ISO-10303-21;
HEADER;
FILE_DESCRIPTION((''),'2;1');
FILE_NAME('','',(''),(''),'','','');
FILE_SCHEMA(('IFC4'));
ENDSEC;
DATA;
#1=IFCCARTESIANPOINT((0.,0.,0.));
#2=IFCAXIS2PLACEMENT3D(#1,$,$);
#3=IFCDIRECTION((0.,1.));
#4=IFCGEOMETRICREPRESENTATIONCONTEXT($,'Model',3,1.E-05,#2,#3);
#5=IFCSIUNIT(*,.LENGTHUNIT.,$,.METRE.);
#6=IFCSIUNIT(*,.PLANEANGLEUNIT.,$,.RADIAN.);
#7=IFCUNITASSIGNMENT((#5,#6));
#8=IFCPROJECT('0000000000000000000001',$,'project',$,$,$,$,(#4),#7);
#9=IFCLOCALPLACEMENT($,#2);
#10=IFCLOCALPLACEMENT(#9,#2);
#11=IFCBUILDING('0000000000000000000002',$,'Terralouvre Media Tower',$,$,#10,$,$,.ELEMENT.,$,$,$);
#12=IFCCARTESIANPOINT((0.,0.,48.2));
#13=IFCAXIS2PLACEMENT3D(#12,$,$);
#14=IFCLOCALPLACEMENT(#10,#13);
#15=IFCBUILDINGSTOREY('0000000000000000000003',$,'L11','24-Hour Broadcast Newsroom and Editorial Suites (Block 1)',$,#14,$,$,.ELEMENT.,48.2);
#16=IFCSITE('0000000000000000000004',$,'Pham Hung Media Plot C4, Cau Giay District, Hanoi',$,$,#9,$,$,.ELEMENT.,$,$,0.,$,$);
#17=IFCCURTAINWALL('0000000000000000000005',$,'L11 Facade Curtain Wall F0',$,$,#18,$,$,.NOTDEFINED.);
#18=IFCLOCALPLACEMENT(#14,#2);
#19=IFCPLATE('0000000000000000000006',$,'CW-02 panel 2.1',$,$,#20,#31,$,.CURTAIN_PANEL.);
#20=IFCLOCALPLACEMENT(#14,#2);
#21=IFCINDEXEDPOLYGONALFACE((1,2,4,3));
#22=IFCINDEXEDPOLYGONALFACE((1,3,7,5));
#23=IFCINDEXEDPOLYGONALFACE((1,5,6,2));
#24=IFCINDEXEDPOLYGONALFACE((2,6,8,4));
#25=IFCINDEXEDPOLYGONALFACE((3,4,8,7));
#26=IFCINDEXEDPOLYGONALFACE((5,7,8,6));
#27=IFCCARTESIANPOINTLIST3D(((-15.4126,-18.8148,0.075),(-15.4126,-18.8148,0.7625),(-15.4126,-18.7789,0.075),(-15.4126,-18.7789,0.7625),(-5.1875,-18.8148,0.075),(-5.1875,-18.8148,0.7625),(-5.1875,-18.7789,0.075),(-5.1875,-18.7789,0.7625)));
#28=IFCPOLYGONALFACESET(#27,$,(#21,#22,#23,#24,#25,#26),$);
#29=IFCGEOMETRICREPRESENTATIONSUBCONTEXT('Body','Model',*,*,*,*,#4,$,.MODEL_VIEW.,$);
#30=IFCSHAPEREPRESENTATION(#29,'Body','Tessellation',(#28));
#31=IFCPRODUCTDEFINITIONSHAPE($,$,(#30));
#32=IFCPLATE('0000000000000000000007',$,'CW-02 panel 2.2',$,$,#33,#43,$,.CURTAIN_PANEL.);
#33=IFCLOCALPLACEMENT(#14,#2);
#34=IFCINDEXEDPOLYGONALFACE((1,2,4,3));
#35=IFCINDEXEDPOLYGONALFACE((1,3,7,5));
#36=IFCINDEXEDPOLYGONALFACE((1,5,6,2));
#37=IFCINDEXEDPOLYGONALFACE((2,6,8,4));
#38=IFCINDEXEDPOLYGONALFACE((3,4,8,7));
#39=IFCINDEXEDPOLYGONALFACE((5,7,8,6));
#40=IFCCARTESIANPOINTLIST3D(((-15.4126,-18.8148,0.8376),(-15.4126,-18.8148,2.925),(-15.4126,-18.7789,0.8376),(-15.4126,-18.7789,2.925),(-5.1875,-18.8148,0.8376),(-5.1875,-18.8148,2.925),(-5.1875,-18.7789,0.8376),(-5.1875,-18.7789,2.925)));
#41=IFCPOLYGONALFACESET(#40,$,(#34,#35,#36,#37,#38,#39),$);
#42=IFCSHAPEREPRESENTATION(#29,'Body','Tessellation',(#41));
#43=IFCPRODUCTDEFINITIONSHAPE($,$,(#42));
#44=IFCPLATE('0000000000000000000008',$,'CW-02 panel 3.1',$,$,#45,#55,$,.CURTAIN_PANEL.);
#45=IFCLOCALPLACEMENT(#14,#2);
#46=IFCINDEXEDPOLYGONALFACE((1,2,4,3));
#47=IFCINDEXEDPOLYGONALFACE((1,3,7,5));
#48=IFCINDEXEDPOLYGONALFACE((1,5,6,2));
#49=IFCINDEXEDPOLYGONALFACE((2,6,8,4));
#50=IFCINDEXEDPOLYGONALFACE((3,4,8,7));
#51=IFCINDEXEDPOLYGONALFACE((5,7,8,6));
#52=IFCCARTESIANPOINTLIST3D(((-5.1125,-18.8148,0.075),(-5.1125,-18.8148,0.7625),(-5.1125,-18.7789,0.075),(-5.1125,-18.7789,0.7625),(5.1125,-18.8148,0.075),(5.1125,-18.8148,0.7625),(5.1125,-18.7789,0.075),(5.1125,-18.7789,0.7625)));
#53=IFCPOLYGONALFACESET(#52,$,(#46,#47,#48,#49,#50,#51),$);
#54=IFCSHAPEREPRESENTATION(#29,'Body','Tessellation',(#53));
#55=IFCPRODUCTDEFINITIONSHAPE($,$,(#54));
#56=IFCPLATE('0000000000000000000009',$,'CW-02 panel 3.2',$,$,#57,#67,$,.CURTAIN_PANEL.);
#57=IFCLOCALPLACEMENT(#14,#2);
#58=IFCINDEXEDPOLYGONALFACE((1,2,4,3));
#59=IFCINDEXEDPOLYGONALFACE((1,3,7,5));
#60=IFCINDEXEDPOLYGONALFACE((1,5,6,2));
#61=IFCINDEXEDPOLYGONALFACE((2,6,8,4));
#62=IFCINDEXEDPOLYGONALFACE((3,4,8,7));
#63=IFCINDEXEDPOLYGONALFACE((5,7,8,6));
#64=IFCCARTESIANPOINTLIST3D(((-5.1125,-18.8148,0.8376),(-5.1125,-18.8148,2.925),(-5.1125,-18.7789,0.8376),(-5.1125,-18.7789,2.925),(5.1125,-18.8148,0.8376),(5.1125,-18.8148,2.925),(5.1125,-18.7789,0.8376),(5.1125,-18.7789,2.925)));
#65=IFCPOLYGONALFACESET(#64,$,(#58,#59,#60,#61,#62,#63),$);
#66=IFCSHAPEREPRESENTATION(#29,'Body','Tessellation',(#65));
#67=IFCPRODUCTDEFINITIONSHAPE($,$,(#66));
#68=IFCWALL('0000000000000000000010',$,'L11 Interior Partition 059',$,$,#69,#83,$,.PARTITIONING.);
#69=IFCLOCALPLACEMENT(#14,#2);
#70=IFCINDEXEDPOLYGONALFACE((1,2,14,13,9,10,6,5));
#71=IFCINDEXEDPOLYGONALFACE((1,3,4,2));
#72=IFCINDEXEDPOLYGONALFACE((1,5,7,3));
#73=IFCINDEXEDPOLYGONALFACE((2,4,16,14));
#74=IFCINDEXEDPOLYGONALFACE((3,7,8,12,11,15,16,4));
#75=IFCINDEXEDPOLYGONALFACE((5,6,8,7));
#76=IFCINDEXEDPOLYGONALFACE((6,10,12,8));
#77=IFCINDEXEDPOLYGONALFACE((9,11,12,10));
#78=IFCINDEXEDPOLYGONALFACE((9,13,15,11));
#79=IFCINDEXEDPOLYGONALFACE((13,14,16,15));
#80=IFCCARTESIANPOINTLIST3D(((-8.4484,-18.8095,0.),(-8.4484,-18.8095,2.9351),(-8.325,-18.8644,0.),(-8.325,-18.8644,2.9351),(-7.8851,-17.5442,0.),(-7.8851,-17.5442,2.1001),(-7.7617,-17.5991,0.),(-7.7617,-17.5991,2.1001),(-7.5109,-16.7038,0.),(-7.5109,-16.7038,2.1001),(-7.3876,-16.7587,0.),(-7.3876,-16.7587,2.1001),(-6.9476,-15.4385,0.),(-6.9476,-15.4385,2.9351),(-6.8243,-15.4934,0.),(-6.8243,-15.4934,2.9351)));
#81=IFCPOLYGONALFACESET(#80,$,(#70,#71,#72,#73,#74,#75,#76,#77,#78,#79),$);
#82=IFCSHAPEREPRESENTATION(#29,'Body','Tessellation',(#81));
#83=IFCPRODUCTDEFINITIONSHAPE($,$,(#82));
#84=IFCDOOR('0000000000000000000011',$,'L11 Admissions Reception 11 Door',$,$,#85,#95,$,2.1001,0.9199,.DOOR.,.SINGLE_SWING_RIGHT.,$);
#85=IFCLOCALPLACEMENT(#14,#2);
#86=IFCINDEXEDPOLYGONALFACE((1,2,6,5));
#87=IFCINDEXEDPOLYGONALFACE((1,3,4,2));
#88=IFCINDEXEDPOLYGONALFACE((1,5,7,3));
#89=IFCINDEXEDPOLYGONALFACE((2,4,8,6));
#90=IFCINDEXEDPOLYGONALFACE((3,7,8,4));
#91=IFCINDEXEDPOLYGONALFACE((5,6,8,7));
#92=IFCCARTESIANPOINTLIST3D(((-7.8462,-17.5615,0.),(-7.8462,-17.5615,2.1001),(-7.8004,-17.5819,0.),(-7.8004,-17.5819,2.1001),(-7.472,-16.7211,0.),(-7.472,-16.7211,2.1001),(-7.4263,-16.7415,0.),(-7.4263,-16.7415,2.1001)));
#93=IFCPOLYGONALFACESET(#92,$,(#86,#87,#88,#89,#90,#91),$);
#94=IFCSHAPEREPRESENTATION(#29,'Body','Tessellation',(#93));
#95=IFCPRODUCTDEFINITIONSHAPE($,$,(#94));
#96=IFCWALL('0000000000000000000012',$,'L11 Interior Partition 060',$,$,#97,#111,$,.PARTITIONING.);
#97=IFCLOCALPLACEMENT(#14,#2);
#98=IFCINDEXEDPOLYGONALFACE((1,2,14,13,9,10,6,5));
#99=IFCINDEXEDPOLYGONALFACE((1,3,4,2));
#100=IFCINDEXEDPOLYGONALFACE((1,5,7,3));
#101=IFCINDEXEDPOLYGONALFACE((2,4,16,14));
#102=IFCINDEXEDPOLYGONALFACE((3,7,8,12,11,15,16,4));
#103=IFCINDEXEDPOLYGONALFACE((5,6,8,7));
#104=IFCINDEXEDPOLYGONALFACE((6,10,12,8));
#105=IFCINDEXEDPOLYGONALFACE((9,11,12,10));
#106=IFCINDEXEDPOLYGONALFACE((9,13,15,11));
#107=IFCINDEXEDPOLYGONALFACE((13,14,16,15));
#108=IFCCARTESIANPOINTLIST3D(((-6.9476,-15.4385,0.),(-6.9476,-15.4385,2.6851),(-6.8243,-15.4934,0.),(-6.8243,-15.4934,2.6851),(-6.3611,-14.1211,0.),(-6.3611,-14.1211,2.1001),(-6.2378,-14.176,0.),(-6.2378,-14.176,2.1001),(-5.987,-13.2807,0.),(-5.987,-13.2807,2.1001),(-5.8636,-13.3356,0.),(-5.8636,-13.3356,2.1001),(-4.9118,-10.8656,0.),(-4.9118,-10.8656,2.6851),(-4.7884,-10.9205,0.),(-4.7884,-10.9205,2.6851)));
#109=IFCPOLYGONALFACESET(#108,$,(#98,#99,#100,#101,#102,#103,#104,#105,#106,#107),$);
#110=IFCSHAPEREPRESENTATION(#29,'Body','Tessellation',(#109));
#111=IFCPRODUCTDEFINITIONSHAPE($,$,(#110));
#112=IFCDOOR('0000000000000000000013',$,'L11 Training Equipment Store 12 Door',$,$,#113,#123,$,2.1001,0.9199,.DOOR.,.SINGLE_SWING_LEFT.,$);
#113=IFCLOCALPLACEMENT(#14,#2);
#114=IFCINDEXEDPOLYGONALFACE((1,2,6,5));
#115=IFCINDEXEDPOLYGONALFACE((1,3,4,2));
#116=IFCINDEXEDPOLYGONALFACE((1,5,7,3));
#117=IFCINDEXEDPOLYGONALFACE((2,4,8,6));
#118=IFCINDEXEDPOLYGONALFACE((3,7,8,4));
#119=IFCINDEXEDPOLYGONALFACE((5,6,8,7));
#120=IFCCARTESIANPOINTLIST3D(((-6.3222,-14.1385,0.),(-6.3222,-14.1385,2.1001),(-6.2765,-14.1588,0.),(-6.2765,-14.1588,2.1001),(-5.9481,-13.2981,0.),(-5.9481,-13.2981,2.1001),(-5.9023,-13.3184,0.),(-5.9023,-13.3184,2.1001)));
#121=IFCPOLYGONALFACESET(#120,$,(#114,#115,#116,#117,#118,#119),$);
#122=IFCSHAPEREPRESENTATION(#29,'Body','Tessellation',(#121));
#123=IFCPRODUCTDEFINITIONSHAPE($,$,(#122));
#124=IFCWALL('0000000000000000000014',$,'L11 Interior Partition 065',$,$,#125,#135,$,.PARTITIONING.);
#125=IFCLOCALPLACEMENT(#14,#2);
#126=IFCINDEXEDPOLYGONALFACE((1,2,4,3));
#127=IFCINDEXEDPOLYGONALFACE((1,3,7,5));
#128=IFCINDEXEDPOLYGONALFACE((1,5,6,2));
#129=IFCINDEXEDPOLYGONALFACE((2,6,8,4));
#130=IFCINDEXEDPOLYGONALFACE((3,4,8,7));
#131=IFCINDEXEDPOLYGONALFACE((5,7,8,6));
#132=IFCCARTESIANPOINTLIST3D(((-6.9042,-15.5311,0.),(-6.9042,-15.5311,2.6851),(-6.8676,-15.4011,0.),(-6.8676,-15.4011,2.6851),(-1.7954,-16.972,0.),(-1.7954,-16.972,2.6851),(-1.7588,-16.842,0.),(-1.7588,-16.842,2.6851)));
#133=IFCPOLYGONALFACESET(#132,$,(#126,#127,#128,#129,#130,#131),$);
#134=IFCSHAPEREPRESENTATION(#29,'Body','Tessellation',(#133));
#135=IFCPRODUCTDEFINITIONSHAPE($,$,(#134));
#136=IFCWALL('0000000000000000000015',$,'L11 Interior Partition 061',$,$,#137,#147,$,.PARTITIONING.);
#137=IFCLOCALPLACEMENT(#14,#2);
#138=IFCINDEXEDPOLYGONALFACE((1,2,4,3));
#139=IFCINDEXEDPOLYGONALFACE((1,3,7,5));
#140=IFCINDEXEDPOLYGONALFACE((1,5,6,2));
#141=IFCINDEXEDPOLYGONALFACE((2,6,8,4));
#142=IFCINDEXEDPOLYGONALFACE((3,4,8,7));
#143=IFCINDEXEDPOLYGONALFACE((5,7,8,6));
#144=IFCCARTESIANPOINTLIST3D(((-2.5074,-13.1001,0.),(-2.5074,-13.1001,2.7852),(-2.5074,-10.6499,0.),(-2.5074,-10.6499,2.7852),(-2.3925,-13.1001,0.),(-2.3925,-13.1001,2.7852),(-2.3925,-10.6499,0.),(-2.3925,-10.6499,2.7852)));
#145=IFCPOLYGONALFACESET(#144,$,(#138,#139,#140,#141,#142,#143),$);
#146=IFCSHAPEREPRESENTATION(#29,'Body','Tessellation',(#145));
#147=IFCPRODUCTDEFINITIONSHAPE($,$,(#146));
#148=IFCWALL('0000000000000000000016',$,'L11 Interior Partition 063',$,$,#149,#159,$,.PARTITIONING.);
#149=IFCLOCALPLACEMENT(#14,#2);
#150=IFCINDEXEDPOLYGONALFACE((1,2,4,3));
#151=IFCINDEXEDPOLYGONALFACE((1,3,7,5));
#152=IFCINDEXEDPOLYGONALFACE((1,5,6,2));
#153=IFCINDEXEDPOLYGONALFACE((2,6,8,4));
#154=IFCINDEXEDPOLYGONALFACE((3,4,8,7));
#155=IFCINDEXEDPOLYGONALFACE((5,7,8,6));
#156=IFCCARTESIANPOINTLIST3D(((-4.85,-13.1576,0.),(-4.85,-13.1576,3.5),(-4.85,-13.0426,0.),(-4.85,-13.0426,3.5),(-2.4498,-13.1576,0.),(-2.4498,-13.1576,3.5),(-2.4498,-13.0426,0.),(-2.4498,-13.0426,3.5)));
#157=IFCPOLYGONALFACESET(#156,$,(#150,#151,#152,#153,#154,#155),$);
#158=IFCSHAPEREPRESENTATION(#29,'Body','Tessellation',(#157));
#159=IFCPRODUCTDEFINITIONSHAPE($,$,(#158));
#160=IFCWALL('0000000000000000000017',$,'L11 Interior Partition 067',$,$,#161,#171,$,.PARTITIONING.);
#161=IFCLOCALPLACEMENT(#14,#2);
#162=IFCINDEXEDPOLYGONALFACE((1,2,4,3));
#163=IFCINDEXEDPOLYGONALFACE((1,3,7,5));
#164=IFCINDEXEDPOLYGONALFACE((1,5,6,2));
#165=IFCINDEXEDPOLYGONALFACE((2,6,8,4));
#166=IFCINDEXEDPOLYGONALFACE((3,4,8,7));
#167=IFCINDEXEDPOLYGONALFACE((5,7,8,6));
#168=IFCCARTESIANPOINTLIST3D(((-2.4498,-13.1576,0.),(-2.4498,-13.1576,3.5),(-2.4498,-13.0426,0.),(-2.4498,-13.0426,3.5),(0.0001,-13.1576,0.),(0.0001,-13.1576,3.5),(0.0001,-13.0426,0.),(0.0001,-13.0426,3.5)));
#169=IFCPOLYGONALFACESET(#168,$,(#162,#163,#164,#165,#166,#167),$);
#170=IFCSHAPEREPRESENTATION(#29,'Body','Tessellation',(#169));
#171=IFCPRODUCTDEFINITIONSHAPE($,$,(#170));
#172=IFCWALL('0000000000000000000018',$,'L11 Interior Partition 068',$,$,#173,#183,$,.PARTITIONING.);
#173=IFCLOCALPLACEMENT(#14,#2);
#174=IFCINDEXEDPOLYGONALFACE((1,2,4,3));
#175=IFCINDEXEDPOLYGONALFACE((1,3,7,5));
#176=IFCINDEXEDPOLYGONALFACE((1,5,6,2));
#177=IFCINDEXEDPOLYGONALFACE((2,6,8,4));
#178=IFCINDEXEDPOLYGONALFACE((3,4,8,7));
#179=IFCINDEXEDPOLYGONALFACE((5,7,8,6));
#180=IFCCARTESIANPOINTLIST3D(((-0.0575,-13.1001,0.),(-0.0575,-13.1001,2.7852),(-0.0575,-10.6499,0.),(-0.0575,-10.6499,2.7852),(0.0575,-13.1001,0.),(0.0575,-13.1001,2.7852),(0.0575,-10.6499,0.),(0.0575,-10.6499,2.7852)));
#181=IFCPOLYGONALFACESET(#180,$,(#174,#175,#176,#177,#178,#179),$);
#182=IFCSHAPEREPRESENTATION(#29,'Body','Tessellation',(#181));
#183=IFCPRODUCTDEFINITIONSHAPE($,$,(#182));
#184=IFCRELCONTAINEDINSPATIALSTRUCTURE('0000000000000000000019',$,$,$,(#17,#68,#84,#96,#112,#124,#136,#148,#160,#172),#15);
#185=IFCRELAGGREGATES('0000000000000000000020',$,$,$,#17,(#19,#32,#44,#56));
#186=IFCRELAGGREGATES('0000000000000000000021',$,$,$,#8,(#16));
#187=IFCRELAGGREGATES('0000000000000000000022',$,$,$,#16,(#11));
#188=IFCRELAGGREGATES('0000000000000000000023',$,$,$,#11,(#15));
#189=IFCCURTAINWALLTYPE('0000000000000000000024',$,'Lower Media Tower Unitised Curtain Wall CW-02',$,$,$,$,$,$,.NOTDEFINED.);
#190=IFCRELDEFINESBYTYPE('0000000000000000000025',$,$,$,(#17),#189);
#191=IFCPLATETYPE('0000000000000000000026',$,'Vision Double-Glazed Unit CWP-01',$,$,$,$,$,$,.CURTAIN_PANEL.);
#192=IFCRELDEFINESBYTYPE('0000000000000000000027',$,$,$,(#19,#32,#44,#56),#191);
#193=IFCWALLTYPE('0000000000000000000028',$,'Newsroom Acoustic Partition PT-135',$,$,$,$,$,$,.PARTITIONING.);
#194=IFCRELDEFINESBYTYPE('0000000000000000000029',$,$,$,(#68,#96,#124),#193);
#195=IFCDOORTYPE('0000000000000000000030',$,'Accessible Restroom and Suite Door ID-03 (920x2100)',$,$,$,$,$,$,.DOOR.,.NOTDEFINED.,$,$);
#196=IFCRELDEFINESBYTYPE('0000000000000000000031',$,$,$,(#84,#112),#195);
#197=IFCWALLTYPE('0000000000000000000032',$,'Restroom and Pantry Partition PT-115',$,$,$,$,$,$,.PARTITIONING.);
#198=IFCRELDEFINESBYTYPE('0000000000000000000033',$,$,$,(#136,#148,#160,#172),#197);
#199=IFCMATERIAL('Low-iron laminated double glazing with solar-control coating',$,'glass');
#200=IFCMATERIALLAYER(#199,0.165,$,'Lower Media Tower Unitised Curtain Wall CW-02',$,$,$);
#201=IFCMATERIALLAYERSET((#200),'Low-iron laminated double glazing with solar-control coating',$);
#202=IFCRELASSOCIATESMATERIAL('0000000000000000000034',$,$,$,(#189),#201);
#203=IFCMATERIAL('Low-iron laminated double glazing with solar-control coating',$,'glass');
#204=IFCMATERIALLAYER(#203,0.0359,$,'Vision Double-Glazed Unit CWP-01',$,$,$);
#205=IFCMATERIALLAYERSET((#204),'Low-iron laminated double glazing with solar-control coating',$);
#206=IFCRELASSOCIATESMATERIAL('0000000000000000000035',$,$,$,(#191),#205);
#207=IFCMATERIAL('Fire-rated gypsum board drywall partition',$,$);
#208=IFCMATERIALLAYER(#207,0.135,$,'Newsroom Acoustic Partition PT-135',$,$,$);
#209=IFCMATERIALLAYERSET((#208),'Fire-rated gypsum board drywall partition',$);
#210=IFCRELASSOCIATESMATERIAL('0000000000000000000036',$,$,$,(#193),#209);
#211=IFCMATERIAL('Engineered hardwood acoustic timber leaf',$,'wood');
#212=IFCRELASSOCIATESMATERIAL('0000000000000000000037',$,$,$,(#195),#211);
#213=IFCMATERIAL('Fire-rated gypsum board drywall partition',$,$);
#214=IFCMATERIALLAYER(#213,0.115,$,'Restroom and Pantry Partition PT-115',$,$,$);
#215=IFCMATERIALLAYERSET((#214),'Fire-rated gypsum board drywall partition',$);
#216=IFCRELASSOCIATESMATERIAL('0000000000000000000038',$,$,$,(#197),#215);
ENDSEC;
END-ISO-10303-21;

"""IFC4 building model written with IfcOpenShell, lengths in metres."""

from ifc_helpers import new_model, si_unit, direction, frame, frame_2d, origin, origin_2d, place, context, subcontext, project, spatial, rectangle, extrude, material, layer, layer_set, type_object, element, fill, aggregate, save


model = new_model("IFC4")

# Units and contexts
model_context = context("Model", 3, precision=1e-05, world=origin(), true_north=direction((0.0, 1.0)))
body_context = subcontext(model_context, "Body", "Model", "MODEL_VIEW")
ifc_project = project(units=[si_unit("LENGTHUNIT", "METRE"), si_unit("PLANEANGLEUNIT", "RADIAN")], contexts=[model_context])

# Site, building, storey
site_placement = place(None, origin())
site = spatial("IfcSite", under=ifc_project, at=site_placement, Name="Pham Hung Media Plot C4, Cau Giay District, Hanoi", CompositionType="ELEMENT", RefElevation=0.0)
building_placement = place(site_placement, origin())
building = spatial("IfcBuilding", under=site, at=building_placement, Name="Terralouvre Media Tower", CompositionType="ELEMENT")
storey_placement = place(building_placement, frame((0.0, 0.0, 48.2)))
storey = spatial("IfcBuildingStorey", under=building, at=storey_placement, Name="L11", Description="24-Hour Broadcast Newsroom and Editorial Suites (Block 1)", CompositionType="ELEMENT", Elevation=48.2)

# Curtain wall
ifc_material_1 = material(Name="Low-iron laminated double glazing with solar-control coating", Category="glass")
ifc_layer_1 = layer(ifc_material_1, 0.165, Name="Lower Media Tower Unitised Curtain Wall CW-02")
ifc_layer_set_1 = layer_set([ifc_layer_1], Name="Low-iron laminated double glazing with solar-control coating")
curtain_wall_type = type_object("IfcCurtainWallType", Name="Lower Media Tower Unitised Curtain Wall CW-02", PredefinedType="NOTDEFINED", material=ifc_layer_set_1)
curtain_wall_placement = place(storey_placement, origin())
curtain_wall = element("IfcCurtainWall", 1, at=curtain_wall_placement, inside=storey, type_object=curtain_wall_type, Name="L11 Facade Curtain Wall F0", PredefinedType="NOTDEFINED")

# Plates
ifc_material_2 = material(Name="Low-iron laminated double glazing with solar-control coating", Category="glass")
ifc_layer_2 = layer(ifc_material_2, 0.0359, Name="Vision Double-Glazed Unit CWP-01")
ifc_layer_set_2 = layer_set([ifc_layer_2], Name="Low-iron laminated double glazing with solar-control coating")
plate_type = type_object("IfcPlateType", Name="Vision Double-Glazed Unit CWP-01", PredefinedType="CURTAIN_PANEL", material=ifc_layer_set_2)
plate_1_placement = place(storey_placement, frame((-10.3, -18.7969, 0.075), z_axis=(0.0, 0.0, 1.0), x_axis=(1.0, 0.0, 0.0)))
plate_1 = element("IfcPlate", 2, at=plate_1_placement, type_object=plate_type, Name="CW-02 panel 2.1", PredefinedType="CURTAIN_PANEL", context=body_context, shape_type="SweptSolid", body=[
    extrude(rectangle(XDim=10.2251, YDim=0.0359, at=origin_2d()), origin(), (0.0, 0.0, 1.0), 0.6875),
])
plate_2_placement = place(storey_placement, frame((-10.3, -18.7969, 0.8376), z_axis=(0.0, 0.0, 1.0), x_axis=(1.0, 0.0, 0.0)))
plate_2 = element("IfcPlate", 3, at=plate_2_placement, type_object=plate_type, Name="CW-02 panel 2.2", PredefinedType="CURTAIN_PANEL", context=body_context, shape_type="SweptSolid", body=[
    extrude(rectangle(XDim=10.2251, YDim=0.0359, at=origin_2d()), origin(), (0.0, 0.0, 1.0), 2.0874),
])
plate_3_placement = place(storey_placement, frame((0.0, -18.7969, 0.075), z_axis=(0.0, 0.0, 1.0), x_axis=(1.0, 0.0, 0.0)))
plate_3 = element("IfcPlate", 4, at=plate_3_placement, type_object=plate_type, Name="CW-02 panel 3.1", PredefinedType="CURTAIN_PANEL", context=body_context, shape_type="SweptSolid", body=[
    extrude(rectangle(XDim=10.2251, YDim=0.0359, at=origin_2d()), origin(), (0.0, 0.0, 1.0), 0.6875),
])
plate_4_placement = place(storey_placement, frame((0.0, -18.7969, 0.8376), z_axis=(0.0, 0.0, 1.0), x_axis=(1.0, 0.0, 0.0)))
plate_4 = element("IfcPlate", 5, at=plate_4_placement, type_object=plate_type, Name="CW-02 panel 3.2", PredefinedType="CURTAIN_PANEL", context=body_context, shape_type="SweptSolid", body=[
    extrude(rectangle(XDim=10.2251, YDim=0.0359, at=origin_2d()), origin(), (0.0, 0.0, 1.0), 2.0874),
])
aggregate(curtain_wall, [plate_1, plate_2, plate_3, plate_4])

# Walls, openings, doors
ifc_material_3 = material(Name="Fire-rated gypsum board drywall partition")
ifc_layer_3 = layer(ifc_material_3, 0.135, Name="Newsroom Acoustic Partition PT-135")
ifc_layer_set_3 = layer_set([ifc_layer_3], Name="Fire-rated gypsum board drywall partition")
wall_type_1 = type_object("IfcWallType", Name="Newsroom Acoustic Partition PT-135", PredefinedType="PARTITIONING", material=ifc_layer_set_3)
wall_1_placement = place(storey_placement, frame((-8.3867, -18.8369, 0.0), z_axis=(0.0, 0.0, 1.0), x_axis=(0.406722, 0.913552, 0.0)))
wall_1 = element("IfcWall", 6, at=wall_1_placement, inside=storey, type_object=wall_type_1, Name="L11 Interior Partition 059", PredefinedType="PARTITIONING", context=body_context, shape_type="SweptSolid", body=[
    extrude(rectangle(XDim=3.6899, YDim=0.135, at=frame_2d((1.845, 0.0))), origin(), (0.0, 0.0, 1.0), 2.9351),
])
opening_1_placement = place(wall_1_placement, frame((1.385, 0.0, 0.0)))
opening_1 = element("IfcOpeningElement", 7, at=opening_1_placement, cuts=wall_1, PredefinedType="OPENING", context=body_context, shape_type="SweptSolid", body=[
    extrude(rectangle(XDim=0.9199, YDim=2.1001, at=frame_2d((0.46, 1.05))), frame((0.0, 0.0774, 0.0), z_axis=(0.0, -1.0, 0.0), x_axis=(1.0, 0.0, 0.0)), (0.0, 0.0, 1.0), 0.155),
])
ifc_material_4 = material(Name="Engineered hardwood acoustic timber leaf", Category="wood")
door_type = type_object("IfcDoorType", Name="Accessible Restroom and Suite Door ID-03 (920x2100)", OperationType="NOTDEFINED", PredefinedType="DOOR", material=ifc_material_4)
door_1_placement = place(opening_1_placement, origin())
door_1 = element("IfcDoor", 8, at=door_1_placement, inside=storey, type_object=door_type, Name="L11 Admissions Reception 11 Door", OperationType="SINGLE_SWING_RIGHT", OverallHeight=2.1001, OverallWidth=0.9199, PredefinedType="DOOR", context=body_context, shape_type="SweptSolid", body=[
    extrude(rectangle(XDim=0.9199, YDim=2.1001, at=frame_2d((0.46, 1.05))), frame((0.0, 0.0249, 0.0), z_axis=(0.0, -1.0, 0.0), x_axis=(1.0, 0.0, 0.0)), (0.0, 0.0, 1.0), 0.05),
])
fill(opening_1, door_1)
wall_2_placement = place(storey_placement, frame((-6.886, -15.4661, 0.0), z_axis=(0.0, 0.0, 1.0), x_axis=(0.406713, 0.913556, 0.0)))
wall_2 = element("IfcWall", 9, at=wall_2_placement, inside=storey, type_object=wall_type_1, Name="L11 Interior Partition 060", PredefinedType="PARTITIONING", context=body_context, shape_type="SweptSolid", body=[
    extrude(rectangle(XDim=5.0056, YDim=0.135, at=frame_2d((2.5029, 0.0))), origin(), (0.0, 0.0, 1.0), 2.6851),
])
opening_2_placement = place(wall_2_placement, frame((1.4421, 0.0, 0.0)))
opening_2 = element("IfcOpeningElement", 10, at=opening_2_placement, cuts=wall_2, PredefinedType="OPENING", context=body_context, shape_type="SweptSolid", body=[
    extrude(rectangle(XDim=0.9199, YDim=2.1001, at=frame_2d((0.46, 1.05))), frame((0.0, 0.0774, 0.0), z_axis=(0.0, -1.0, 0.0), x_axis=(1.0, 0.0, 0.0)), (0.0, 0.0, 1.0), 0.155),
])
door_2_placement = place(opening_2_placement, origin())
door_2 = element("IfcDoor", 11, at=door_2_placement, inside=storey, type_object=door_type, Name="L11 Training Equipment Store 12 Door", OperationType="SINGLE_SWING_LEFT", OverallHeight=2.1001, OverallWidth=0.9199, PredefinedType="DOOR", context=body_context, shape_type="SweptSolid", body=[
    extrude(rectangle(XDim=0.9199, YDim=2.1001, at=frame_2d((0.46, 1.05))), frame((0.0, 0.0249, 0.0), z_axis=(0.0, -1.0, 0.0), x_axis=(1.0, 0.0, 0.0)), (0.0, 0.0, 1.0), 0.05),
])
fill(opening_2, door_2)

# Walls
wall_3_placement = place(storey_placement, frame((-1.7771, -16.907, 0.0), z_axis=(0.0, 0.0, 1.0), x_axis=(-0.962452, 0.271451, 0.0)))
element("IfcWall", 12, at=wall_3_placement, inside=storey, type_object=wall_type_1, Name="L11 Interior Partition 065", PredefinedType="PARTITIONING", context=body_context, shape_type="SweptSolid", body=[
    extrude(rectangle(XDim=5.3081, YDim=0.135, at=frame_2d((2.6541, 0.0))), origin(), (0.0, 0.0, 1.0), 2.6851),
])
ifc_material_5 = material(Name="Fire-rated gypsum board drywall partition")
ifc_layer_4 = layer(ifc_material_5, 0.115, Name="Restroom and Pantry Partition PT-115")
ifc_layer_set_4 = layer_set([ifc_layer_4], Name="Fire-rated gypsum board drywall partition")
wall_type_2 = type_object("IfcWallType", Name="Restroom and Pantry Partition PT-115", PredefinedType="PARTITIONING", material=ifc_layer_set_4)
wall_4_placement = place(storey_placement, frame((-2.45, -13.1001, 0.0), z_axis=(0.0, 0.0, 1.0), x_axis=(0.0, 1.0, 0.0)))
element("IfcWall", 13, at=wall_4_placement, inside=storey, type_object=wall_type_2, Name="L11 Interior Partition 061", PredefinedType="PARTITIONING", context=body_context, shape_type="SweptSolid", body=[
    extrude(rectangle(XDim=2.4502, YDim=0.115, at=frame_2d((1.2251, 0.0))), origin(), (0.0, 0.0, 1.0), 2.7852),
])
wall_5_placement = place(storey_placement, frame((-4.8501, -13.1001, 0.0), z_axis=(0.0, 0.0, 1.0), x_axis=(1.0, 0.0, 0.0)))
element("IfcWall", 14, at=wall_5_placement, inside=storey, type_object=wall_type_2, Name="L11 Interior Partition 063", PredefinedType="PARTITIONING", context=body_context, shape_type="SweptSolid", body=[
    extrude(rectangle(XDim=2.4001, YDim=0.115, at=frame_2d((1.2002, 0.0))), origin(), (0.0, 0.0, 1.0), 3.5),
])
wall_6_placement = place(storey_placement, frame((-2.45, -13.1001, 0.0), z_axis=(0.0, 0.0, 1.0), x_axis=(1.0, 0.0, 0.0)))
element("IfcWall", 15, at=wall_6_placement, inside=storey, type_object=wall_type_2, Name="L11 Interior Partition 067", PredefinedType="PARTITIONING", context=body_context, shape_type="SweptSolid", body=[
    extrude(rectangle(XDim=2.45, YDim=0.115, at=frame_2d((1.2251, 0.0))), origin(), (0.0, 0.0, 1.0), 3.5),
])
wall_7_placement = place(storey_placement, frame((0.0, -13.1001, 0.0), z_axis=(0.0, 0.0, 1.0), x_axis=(0.0, 1.0, 0.0)))
element("IfcWall", 16, at=wall_7_placement, inside=storey, type_object=wall_type_2, Name="L11 Interior Partition 068", PredefinedType="PARTITIONING", context=body_context, shape_type="SweptSolid", body=[
    extrude(rectangle(XDim=2.4502, YDim=0.115, at=frame_2d((1.2251, 0.0))), origin(), (0.0, 0.0, 1.0), 2.7852),
])

save(model, "model.ifc")
